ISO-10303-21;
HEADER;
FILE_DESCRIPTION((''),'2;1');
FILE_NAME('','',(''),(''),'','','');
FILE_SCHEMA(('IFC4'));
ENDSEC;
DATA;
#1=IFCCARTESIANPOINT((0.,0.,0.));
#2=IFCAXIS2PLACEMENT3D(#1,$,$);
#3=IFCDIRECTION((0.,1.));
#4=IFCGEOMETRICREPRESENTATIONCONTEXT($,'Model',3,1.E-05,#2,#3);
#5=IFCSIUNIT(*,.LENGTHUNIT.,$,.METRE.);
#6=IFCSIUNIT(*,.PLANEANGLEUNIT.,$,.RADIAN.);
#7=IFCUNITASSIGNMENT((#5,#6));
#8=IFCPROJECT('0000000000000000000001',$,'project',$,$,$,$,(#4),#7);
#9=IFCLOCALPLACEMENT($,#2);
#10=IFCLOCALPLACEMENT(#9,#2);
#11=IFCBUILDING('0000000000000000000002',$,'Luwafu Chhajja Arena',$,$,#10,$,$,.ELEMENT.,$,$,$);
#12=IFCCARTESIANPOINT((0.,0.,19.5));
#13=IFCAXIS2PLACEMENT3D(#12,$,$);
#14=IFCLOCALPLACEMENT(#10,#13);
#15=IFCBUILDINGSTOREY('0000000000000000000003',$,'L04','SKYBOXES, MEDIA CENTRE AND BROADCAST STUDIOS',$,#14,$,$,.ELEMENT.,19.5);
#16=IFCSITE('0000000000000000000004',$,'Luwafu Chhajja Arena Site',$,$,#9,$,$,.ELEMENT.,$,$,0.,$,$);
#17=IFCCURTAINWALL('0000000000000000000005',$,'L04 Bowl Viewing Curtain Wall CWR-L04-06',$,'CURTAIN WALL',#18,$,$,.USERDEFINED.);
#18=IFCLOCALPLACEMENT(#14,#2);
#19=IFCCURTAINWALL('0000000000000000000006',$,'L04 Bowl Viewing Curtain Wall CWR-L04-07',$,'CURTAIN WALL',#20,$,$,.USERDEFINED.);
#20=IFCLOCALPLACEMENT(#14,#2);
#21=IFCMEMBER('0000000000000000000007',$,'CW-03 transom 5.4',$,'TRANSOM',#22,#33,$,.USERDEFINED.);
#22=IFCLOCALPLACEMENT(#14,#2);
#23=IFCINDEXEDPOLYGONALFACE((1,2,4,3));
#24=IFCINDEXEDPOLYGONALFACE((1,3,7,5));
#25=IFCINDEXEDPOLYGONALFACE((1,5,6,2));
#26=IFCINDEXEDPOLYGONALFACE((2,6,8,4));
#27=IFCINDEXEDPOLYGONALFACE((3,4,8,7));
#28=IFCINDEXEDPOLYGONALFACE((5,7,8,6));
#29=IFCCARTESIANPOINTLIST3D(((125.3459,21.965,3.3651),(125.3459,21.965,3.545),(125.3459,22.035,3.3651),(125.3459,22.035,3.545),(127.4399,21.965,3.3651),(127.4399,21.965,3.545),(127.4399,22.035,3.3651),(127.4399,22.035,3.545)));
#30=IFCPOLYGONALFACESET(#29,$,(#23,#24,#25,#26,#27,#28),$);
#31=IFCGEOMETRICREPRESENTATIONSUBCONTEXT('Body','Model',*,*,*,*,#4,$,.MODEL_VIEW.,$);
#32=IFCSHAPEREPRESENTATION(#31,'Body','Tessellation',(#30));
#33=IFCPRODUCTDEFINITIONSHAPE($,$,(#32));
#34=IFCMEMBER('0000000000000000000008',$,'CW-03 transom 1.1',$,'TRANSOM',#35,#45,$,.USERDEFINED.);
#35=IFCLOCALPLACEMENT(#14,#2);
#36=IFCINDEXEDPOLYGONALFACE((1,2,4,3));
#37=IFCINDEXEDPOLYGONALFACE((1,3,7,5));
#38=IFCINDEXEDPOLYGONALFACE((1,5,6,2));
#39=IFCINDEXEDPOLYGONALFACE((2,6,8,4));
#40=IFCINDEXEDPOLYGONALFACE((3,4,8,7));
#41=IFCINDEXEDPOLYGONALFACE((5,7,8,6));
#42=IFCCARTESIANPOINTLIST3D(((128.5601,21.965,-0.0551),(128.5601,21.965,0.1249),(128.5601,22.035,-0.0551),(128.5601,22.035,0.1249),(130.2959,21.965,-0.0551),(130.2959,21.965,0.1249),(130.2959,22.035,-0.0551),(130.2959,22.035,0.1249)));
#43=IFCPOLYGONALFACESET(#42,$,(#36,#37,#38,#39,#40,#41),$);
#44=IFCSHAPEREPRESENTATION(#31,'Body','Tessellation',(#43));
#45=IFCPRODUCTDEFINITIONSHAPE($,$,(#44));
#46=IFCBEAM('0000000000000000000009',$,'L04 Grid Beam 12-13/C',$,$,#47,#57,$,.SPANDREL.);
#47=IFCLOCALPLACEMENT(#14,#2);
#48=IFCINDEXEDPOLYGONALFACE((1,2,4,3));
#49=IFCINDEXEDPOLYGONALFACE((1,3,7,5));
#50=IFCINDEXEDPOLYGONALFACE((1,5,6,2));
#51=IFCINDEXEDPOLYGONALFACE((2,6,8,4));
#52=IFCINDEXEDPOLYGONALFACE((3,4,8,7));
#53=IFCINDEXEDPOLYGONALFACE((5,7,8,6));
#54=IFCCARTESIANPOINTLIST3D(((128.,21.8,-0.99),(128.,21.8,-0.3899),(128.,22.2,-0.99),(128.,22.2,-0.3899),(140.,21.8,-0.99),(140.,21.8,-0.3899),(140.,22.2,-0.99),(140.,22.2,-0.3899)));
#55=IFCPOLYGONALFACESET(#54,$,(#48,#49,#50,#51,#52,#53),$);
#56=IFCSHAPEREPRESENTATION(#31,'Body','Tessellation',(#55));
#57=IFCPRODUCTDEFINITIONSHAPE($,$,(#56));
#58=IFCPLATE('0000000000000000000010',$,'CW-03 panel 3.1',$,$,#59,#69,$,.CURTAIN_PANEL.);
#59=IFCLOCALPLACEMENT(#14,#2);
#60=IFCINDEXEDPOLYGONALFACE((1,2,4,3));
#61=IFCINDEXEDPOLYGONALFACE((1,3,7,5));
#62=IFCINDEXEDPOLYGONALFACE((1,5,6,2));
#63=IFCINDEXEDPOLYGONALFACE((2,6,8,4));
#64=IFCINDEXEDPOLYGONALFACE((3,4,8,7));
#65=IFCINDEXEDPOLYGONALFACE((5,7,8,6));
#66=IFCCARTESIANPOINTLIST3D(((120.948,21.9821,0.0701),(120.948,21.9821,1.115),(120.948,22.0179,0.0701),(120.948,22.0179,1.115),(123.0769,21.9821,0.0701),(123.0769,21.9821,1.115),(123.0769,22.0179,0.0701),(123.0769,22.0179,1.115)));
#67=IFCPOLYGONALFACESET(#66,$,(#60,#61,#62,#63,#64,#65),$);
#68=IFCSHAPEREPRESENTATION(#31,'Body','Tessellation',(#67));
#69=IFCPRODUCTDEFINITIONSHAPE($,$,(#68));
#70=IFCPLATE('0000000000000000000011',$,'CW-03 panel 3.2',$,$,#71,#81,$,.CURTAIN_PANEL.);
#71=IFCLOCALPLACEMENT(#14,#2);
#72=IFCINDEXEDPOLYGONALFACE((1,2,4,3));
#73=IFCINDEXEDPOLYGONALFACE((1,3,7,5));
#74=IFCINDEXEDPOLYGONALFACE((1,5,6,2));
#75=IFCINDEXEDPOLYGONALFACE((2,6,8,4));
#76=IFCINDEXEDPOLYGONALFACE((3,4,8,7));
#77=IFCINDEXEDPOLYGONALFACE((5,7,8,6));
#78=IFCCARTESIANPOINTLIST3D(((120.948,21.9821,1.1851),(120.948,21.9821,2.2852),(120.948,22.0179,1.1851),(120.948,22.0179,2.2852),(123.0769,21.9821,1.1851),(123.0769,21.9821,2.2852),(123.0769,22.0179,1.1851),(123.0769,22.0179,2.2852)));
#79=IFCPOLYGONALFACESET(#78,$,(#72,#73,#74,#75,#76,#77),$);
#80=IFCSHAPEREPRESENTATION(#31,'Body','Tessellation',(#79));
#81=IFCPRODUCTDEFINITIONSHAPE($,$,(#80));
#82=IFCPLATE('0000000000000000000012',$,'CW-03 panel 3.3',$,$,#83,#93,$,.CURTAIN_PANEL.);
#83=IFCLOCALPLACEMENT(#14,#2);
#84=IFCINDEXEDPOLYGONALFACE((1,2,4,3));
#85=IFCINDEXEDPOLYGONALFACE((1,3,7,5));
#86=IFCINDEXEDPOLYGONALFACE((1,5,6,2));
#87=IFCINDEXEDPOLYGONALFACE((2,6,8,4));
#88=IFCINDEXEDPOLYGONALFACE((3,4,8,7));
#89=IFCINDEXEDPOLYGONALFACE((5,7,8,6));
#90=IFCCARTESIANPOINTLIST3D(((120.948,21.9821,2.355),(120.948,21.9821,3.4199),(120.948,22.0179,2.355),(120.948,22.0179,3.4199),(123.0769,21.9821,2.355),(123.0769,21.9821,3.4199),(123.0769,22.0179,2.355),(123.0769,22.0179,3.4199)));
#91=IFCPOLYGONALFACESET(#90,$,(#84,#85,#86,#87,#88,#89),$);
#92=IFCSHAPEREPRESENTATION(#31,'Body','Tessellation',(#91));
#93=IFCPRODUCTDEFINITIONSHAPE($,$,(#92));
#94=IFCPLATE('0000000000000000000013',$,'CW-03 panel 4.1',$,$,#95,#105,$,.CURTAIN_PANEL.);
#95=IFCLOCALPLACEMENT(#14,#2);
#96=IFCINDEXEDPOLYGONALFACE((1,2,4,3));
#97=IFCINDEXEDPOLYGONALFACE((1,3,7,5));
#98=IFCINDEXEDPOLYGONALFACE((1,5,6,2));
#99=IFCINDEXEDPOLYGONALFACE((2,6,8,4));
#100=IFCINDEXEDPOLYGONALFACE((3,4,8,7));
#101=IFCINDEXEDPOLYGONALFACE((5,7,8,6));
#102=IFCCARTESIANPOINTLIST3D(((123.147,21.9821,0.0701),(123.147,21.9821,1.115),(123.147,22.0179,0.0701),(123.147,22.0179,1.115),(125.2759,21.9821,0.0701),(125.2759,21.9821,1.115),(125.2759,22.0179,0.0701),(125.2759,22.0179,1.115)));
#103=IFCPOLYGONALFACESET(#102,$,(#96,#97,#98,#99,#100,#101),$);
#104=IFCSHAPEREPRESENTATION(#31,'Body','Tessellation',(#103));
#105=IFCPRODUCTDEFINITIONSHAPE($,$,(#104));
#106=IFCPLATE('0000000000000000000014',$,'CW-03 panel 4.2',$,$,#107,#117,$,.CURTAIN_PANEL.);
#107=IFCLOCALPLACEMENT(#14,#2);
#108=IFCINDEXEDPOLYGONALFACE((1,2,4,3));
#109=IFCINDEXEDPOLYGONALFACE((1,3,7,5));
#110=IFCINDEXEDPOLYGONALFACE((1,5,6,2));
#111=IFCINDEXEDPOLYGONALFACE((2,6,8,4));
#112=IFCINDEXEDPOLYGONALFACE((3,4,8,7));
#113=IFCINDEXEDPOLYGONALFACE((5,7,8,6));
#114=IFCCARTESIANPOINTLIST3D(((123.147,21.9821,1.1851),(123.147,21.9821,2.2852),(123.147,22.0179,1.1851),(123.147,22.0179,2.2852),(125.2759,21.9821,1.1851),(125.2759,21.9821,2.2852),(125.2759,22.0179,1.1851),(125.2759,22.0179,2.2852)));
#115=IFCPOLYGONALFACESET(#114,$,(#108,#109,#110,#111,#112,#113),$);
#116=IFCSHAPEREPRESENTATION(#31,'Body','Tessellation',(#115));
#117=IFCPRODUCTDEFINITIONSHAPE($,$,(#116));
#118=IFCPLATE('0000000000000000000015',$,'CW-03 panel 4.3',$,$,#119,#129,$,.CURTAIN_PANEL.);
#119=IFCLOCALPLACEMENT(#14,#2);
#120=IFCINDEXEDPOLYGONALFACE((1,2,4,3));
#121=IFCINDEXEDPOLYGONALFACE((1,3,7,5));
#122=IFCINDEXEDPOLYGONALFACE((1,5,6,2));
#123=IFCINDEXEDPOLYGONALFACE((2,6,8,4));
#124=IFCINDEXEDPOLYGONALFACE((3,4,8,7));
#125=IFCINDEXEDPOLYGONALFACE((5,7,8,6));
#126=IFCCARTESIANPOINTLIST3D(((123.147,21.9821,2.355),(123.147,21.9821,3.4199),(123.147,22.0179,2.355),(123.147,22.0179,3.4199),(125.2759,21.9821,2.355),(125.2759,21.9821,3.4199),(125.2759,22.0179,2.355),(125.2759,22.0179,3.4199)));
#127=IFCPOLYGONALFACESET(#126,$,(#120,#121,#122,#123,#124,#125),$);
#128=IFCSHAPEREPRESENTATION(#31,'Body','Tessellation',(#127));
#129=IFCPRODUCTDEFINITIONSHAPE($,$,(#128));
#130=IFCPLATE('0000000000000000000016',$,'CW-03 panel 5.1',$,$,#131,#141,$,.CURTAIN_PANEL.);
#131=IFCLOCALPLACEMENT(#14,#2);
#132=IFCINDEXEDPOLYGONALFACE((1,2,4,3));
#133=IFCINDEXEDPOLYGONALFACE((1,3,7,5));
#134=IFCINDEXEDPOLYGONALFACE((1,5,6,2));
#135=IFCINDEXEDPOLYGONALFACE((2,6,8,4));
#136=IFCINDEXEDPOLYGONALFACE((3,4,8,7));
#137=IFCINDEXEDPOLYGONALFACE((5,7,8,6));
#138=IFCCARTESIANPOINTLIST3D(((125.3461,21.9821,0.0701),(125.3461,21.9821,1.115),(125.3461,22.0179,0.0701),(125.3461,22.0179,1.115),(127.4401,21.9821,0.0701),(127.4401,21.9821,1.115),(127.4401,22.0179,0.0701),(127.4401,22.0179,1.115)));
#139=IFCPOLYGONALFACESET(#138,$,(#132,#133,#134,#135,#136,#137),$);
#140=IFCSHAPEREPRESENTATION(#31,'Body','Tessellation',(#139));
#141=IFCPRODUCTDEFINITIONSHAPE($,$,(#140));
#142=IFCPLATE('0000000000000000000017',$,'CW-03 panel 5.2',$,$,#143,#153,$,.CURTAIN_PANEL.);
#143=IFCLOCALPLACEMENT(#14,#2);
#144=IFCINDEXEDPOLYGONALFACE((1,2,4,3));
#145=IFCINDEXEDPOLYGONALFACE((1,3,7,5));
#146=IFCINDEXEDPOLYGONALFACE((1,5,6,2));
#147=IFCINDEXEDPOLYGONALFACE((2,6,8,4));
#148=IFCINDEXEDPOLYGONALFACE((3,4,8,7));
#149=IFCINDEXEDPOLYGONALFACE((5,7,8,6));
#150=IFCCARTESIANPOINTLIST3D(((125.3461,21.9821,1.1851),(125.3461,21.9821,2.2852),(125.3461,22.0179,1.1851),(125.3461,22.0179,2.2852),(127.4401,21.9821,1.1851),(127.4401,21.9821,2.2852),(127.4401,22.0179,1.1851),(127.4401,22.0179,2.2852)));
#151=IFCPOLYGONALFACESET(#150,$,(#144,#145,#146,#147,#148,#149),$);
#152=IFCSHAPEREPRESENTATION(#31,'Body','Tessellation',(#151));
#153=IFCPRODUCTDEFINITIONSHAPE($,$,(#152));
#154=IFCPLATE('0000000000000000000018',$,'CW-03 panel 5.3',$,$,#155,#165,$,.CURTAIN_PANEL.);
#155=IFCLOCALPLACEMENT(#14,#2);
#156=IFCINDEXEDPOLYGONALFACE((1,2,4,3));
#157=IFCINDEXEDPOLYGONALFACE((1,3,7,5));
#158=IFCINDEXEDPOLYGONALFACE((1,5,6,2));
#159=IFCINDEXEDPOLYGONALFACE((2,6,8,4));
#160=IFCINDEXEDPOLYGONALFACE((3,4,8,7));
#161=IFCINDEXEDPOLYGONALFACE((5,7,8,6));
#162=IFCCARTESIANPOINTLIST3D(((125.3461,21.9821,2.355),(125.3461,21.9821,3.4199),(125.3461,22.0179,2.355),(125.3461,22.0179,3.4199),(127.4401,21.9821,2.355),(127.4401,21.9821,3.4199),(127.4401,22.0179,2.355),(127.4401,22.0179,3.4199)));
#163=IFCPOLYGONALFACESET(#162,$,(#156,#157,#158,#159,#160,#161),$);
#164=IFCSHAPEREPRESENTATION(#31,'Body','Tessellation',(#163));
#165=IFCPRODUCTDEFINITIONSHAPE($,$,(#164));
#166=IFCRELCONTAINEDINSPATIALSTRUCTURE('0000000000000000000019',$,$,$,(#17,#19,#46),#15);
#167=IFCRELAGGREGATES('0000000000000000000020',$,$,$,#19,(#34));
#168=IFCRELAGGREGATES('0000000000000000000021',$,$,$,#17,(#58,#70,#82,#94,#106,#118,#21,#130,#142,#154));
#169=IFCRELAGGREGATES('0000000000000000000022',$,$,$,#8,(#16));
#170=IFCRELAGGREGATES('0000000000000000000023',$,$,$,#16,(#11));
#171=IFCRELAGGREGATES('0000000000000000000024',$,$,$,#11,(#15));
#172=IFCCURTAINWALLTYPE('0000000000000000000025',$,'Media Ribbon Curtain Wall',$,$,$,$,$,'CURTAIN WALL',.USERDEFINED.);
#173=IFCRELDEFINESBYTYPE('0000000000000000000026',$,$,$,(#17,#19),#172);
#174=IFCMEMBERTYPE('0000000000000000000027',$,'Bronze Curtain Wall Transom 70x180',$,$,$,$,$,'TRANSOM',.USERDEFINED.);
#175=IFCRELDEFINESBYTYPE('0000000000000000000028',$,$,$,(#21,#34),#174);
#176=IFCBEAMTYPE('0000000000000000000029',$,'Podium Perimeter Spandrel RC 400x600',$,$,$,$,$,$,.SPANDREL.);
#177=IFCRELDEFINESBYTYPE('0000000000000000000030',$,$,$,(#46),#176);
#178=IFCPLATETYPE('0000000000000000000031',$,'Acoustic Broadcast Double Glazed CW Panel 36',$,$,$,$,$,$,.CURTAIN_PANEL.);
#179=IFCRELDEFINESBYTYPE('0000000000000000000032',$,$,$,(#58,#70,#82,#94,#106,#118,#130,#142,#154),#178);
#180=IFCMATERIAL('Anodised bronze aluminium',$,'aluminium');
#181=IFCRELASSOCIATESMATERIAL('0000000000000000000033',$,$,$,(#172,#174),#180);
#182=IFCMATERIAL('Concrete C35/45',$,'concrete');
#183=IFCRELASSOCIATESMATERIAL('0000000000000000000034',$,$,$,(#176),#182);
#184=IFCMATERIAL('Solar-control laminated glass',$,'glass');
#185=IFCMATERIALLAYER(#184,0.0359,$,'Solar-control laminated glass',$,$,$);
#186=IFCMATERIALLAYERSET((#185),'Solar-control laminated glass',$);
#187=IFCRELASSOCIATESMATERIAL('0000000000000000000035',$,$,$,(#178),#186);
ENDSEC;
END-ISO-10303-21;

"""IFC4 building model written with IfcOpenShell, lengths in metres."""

from ifc_helpers import new_model, si_unit, direction, frame, origin, origin_2d, place, context, subcontext, project, spatial, rectangle, extrude, material, layer, layer_set, material_profile, profile_set, type_object, element, aggregate, save


model = new_model("IFC4")

# Units and contexts
model_context = context("Model", 3, precision=1e-05, world=origin(), true_north=direction((0.0, 1.0)))
body_context = subcontext(model_context, "Body", "Model", "MODEL_VIEW")
ifc_project = project(units=[si_unit("LENGTHUNIT", "METRE"), si_unit("PLANEANGLEUNIT", "RADIAN")], contexts=[model_context])

# Site, building, storey
site_placement = place(None, origin())
site = spatial("IfcSite", under=ifc_project, at=site_placement, Name="Luwafu Chhajja Arena Site", CompositionType="ELEMENT", RefElevation=0.0)
building_placement = place(site_placement, origin())
building = spatial("IfcBuilding", under=site, at=building_placement, Name="Luwafu Chhajja Arena", CompositionType="ELEMENT")
storey_placement = place(building_placement, frame((0.0, 0.0, 19.5)))
storey = spatial("IfcBuildingStorey", under=building, at=storey_placement, Name="L04", Description="SKYBOXES, MEDIA CENTRE AND BROADCAST STUDIOS", CompositionType="ELEMENT", Elevation=19.5)

# Shared definitions
ifc_material_1 = material(Name="Concrete C35/45", Category="concrete")

# Curtain wall
ifc_material_2 = material(Name="Anodised bronze aluminium", Category="aluminium")
curtain_wall_type = type_object("IfcCurtainWallType", Name="Media Ribbon Curtain Wall", ElementType="CURTAIN WALL", PredefinedType="USERDEFINED", material=ifc_material_2)
curtain_wall_1_placement = place(storey_placement, origin())
curtain_wall_1 = element("IfcCurtainWall", 1, at=curtain_wall_1_placement, inside=storey, type_object=curtain_wall_type, Name="L04 Bowl Viewing Curtain Wall CWR-L04-06", ObjectType="CURTAIN WALL", PredefinedType="USERDEFINED")

# Curtain wall
curtain_wall_2_placement = place(storey_placement, origin())
curtain_wall_2 = element("IfcCurtainWall", 2, at=curtain_wall_2_placement, inside=storey, type_object=curtain_wall_type, Name="L04 Bowl Viewing Curtain Wall CWR-L04-07", ObjectType="CURTAIN WALL", PredefinedType="USERDEFINED")

# Members
ifc_material_profile_1 = material_profile(ifc_material_2, rectangle(XDim=0.0701, YDim=0.1799, at=origin_2d()), Name="CWT 70x180")
ifc_profile_set_1 = profile_set([ifc_material_profile_1], Name="Anodised bronze aluminium")
member_type_1 = type_object("IfcMemberType", Name="Bronze Curtain Wall Transom 70x180", ElementType="TRANSOM", PredefinedType="USERDEFINED", material=ifc_profile_set_1)
member_1_placement = place(storey_placement, frame((125.3459, 22.0, 3.4551), z_axis=(1.0, 0.0, 0.0), x_axis=(0.0, 1.0, 0.0)))
member_1 = element("IfcMember", 3, at=member_1_placement, type_object=member_type_1, Name="CW-03 transom 5.4", ObjectType="TRANSOM", PredefinedType="USERDEFINED", context=body_context, shape_type="SweptSolid", body=[
    extrude(rectangle(XDim=0.0701, YDim=0.1799, at=origin_2d()), origin(), (0.0, 0.0, 1.0), 2.094),
])
member_2_placement = place(storey_placement, frame((128.5601, 22.0, 0.0349), z_axis=(1.0, 0.0, 0.0), x_axis=(0.0, 1.0, 0.0)))
member_2 = element("IfcMember", 4, at=member_2_placement, type_object=member_type_1, Name="CW-03 transom 1.1", ObjectType="TRANSOM", PredefinedType="USERDEFINED", context=body_context, shape_type="SweptSolid", body=[
    extrude(rectangle(XDim=0.0701, YDim=0.1799, at=origin_2d()), origin(), (0.0, 0.0, 1.0), 1.7358),
])
aggregate(curtain_wall_2, [member_2])

# Beam
ifc_material_profile_2 = material_profile(ifc_material_1, rectangle(XDim=0.3999, YDim=0.6001, at=origin_2d()), Name="RC 400x600")
ifc_profile_set_2 = profile_set([ifc_material_profile_2], Name="Concrete C35/45")
beam_type = type_object("IfcBeamType", Name="Podium Perimeter Spandrel RC 400x600", PredefinedType="SPANDREL", material=ifc_profile_set_2)
beam_placement = place(storey_placement, frame((128.0, 22.0, -0.6899), z_axis=(1.0, 0.0, 0.0), x_axis=(0.0, 1.0, 0.0)))
element("IfcBeam", 5, at=beam_placement, inside=storey, type_object=beam_type, Name="L04 Grid Beam 12-13/C", PredefinedType="SPANDREL", context=body_context, shape_type="SweptSolid", body=[
    extrude(rectangle(XDim=0.3999, YDim=0.6001, at=origin_2d()), origin(), (0.0, 0.0, 1.0), 12.0),
])

# Plates
ifc_material_3 = material(Name="Solar-control laminated glass", Category="glass")
ifc_layer = layer(ifc_material_3, 0.0359, Name="Solar-control laminated glass")
ifc_layer_set = layer_set([ifc_layer], Name="Solar-control laminated glass")
plate_type = type_object("IfcPlateType", Name="Acoustic Broadcast Double Glazed CW Panel 36", PredefinedType="CURTAIN_PANEL", material=ifc_layer_set)
plate_1_placement = place(storey_placement, frame((122.0125, 22.0, 0.0701), z_axis=(0.0, 0.0, 1.0), x_axis=(1.0, 0.0, 0.0)))
plate_1 = element("IfcPlate", 6, at=plate_1_placement, type_object=plate_type, Name="CW-03 panel 3.1", PredefinedType="CURTAIN_PANEL", context=body_context, shape_type="SweptSolid", body=[
    extrude(rectangle(XDim=2.1289, YDim=0.0359, at=origin_2d()), origin(), (0.0, 0.0, 1.0), 1.0449),
])
plate_2_placement = place(storey_placement, frame((122.0125, 22.0, 1.1851), z_axis=(0.0, 0.0, 1.0), x_axis=(1.0, 0.0, 0.0)))
plate_2 = element("IfcPlate", 7, at=plate_2_placement, type_object=plate_type, Name="CW-03 panel 3.2", PredefinedType="CURTAIN_PANEL", context=body_context, shape_type="SweptSolid", body=[
    extrude(rectangle(XDim=2.1289, YDim=0.0359, at=origin_2d()), origin(), (0.0, 0.0, 1.0), 1.1001),
])
plate_3_placement = place(storey_placement, frame((122.0125, 22.0, 2.355), z_axis=(0.0, 0.0, 1.0), x_axis=(1.0, 0.0, 0.0)))
plate_3 = element("IfcPlate", 8, at=plate_3_placement, type_object=plate_type, Name="CW-03 panel 3.3", PredefinedType="CURTAIN_PANEL", context=body_context, shape_type="SweptSolid", body=[
    extrude(rectangle(XDim=2.1289, YDim=0.0359, at=origin_2d()), origin(), (0.0, 0.0, 1.0), 1.0649),
])
plate_4_placement = place(storey_placement, frame((124.2114, 22.0, 0.0701), z_axis=(0.0, 0.0, 1.0), x_axis=(1.0, 0.0, 0.0)))
plate_4 = element("IfcPlate", 9, at=plate_4_placement, type_object=plate_type, Name="CW-03 panel 4.1", PredefinedType="CURTAIN_PANEL", context=body_context, shape_type="SweptSolid", body=[
    extrude(rectangle(XDim=2.1289, YDim=0.0359, at=origin_2d()), origin(), (0.0, 0.0, 1.0), 1.0449),
])
plate_5_placement = place(storey_placement, frame((124.2114, 22.0, 1.1851), z_axis=(0.0, 0.0, 1.0), x_axis=(1.0, 0.0, 0.0)))
plate_5 = element("IfcPlate", 10, at=plate_5_placement, type_object=plate_type, Name="CW-03 panel 4.2", PredefinedType="CURTAIN_PANEL", context=body_context, shape_type="SweptSolid", body=[
    extrude(rectangle(XDim=2.1289, YDim=0.0359, at=origin_2d()), origin(), (0.0, 0.0, 1.0), 1.1001),
])
plate_6_placement = place(storey_placement, frame((124.2114, 22.0, 2.355), z_axis=(0.0, 0.0, 1.0), x_axis=(1.0, 0.0, 0.0)))
plate_6 = element("IfcPlate", 11, at=plate_6_placement, type_object=plate_type, Name="CW-03 panel 4.3", PredefinedType="CURTAIN_PANEL", context=body_context, shape_type="SweptSolid", body=[
    extrude(rectangle(XDim=2.1289, YDim=0.0359, at=origin_2d()), origin(), (0.0, 0.0, 1.0), 1.0649),
])
plate_7_placement = place(storey_placement, frame((126.3931, 22.0, 0.0701), z_axis=(0.0, 0.0, 1.0), x_axis=(1.0, 0.0, 0.0)))
plate_7 = element("IfcPlate", 12, at=plate_7_placement, type_object=plate_type, Name="CW-03 panel 5.1", PredefinedType="CURTAIN_PANEL", context=body_context, shape_type="SweptSolid", body=[
    extrude(rectangle(XDim=2.094, YDim=0.0359, at=origin_2d()), origin(), (0.0, 0.0, 1.0), 1.0449),
])
plate_8_placement = place(storey_placement, frame((126.3931, 22.0, 1.1851), z_axis=(0.0, 0.0, 1.0), x_axis=(1.0, 0.0, 0.0)))
plate_8 = element("IfcPlate", 13, at=plate_8_placement, type_object=plate_type, Name="CW-03 panel 5.2", PredefinedType="CURTAIN_PANEL", context=body_context, shape_type="SweptSolid", body=[
    extrude(rectangle(XDim=2.094, YDim=0.0359, at=origin_2d()), origin(), (0.0, 0.0, 1.0), 1.1001),
])
plate_9_placement = place(storey_placement, frame((126.3931, 22.0, 2.355), z_axis=(0.0, 0.0, 1.0), x_axis=(1.0, 0.0, 0.0)))
plate_9 = element("IfcPlate", 14, at=plate_9_placement, type_object=plate_type, Name="CW-03 panel 5.3", PredefinedType="CURTAIN_PANEL", context=body_context, shape_type="SweptSolid", body=[
    extrude(rectangle(XDim=2.094, YDim=0.0359, at=origin_2d()), origin(), (0.0, 0.0, 1.0), 1.0649),
])
aggregate(curtain_wall_1, [plate_1, plate_2, plate_3, plate_4, plate_5, plate_6, member_1, plate_7, plate_8, plate_9])

save(model, "model.ifc")
